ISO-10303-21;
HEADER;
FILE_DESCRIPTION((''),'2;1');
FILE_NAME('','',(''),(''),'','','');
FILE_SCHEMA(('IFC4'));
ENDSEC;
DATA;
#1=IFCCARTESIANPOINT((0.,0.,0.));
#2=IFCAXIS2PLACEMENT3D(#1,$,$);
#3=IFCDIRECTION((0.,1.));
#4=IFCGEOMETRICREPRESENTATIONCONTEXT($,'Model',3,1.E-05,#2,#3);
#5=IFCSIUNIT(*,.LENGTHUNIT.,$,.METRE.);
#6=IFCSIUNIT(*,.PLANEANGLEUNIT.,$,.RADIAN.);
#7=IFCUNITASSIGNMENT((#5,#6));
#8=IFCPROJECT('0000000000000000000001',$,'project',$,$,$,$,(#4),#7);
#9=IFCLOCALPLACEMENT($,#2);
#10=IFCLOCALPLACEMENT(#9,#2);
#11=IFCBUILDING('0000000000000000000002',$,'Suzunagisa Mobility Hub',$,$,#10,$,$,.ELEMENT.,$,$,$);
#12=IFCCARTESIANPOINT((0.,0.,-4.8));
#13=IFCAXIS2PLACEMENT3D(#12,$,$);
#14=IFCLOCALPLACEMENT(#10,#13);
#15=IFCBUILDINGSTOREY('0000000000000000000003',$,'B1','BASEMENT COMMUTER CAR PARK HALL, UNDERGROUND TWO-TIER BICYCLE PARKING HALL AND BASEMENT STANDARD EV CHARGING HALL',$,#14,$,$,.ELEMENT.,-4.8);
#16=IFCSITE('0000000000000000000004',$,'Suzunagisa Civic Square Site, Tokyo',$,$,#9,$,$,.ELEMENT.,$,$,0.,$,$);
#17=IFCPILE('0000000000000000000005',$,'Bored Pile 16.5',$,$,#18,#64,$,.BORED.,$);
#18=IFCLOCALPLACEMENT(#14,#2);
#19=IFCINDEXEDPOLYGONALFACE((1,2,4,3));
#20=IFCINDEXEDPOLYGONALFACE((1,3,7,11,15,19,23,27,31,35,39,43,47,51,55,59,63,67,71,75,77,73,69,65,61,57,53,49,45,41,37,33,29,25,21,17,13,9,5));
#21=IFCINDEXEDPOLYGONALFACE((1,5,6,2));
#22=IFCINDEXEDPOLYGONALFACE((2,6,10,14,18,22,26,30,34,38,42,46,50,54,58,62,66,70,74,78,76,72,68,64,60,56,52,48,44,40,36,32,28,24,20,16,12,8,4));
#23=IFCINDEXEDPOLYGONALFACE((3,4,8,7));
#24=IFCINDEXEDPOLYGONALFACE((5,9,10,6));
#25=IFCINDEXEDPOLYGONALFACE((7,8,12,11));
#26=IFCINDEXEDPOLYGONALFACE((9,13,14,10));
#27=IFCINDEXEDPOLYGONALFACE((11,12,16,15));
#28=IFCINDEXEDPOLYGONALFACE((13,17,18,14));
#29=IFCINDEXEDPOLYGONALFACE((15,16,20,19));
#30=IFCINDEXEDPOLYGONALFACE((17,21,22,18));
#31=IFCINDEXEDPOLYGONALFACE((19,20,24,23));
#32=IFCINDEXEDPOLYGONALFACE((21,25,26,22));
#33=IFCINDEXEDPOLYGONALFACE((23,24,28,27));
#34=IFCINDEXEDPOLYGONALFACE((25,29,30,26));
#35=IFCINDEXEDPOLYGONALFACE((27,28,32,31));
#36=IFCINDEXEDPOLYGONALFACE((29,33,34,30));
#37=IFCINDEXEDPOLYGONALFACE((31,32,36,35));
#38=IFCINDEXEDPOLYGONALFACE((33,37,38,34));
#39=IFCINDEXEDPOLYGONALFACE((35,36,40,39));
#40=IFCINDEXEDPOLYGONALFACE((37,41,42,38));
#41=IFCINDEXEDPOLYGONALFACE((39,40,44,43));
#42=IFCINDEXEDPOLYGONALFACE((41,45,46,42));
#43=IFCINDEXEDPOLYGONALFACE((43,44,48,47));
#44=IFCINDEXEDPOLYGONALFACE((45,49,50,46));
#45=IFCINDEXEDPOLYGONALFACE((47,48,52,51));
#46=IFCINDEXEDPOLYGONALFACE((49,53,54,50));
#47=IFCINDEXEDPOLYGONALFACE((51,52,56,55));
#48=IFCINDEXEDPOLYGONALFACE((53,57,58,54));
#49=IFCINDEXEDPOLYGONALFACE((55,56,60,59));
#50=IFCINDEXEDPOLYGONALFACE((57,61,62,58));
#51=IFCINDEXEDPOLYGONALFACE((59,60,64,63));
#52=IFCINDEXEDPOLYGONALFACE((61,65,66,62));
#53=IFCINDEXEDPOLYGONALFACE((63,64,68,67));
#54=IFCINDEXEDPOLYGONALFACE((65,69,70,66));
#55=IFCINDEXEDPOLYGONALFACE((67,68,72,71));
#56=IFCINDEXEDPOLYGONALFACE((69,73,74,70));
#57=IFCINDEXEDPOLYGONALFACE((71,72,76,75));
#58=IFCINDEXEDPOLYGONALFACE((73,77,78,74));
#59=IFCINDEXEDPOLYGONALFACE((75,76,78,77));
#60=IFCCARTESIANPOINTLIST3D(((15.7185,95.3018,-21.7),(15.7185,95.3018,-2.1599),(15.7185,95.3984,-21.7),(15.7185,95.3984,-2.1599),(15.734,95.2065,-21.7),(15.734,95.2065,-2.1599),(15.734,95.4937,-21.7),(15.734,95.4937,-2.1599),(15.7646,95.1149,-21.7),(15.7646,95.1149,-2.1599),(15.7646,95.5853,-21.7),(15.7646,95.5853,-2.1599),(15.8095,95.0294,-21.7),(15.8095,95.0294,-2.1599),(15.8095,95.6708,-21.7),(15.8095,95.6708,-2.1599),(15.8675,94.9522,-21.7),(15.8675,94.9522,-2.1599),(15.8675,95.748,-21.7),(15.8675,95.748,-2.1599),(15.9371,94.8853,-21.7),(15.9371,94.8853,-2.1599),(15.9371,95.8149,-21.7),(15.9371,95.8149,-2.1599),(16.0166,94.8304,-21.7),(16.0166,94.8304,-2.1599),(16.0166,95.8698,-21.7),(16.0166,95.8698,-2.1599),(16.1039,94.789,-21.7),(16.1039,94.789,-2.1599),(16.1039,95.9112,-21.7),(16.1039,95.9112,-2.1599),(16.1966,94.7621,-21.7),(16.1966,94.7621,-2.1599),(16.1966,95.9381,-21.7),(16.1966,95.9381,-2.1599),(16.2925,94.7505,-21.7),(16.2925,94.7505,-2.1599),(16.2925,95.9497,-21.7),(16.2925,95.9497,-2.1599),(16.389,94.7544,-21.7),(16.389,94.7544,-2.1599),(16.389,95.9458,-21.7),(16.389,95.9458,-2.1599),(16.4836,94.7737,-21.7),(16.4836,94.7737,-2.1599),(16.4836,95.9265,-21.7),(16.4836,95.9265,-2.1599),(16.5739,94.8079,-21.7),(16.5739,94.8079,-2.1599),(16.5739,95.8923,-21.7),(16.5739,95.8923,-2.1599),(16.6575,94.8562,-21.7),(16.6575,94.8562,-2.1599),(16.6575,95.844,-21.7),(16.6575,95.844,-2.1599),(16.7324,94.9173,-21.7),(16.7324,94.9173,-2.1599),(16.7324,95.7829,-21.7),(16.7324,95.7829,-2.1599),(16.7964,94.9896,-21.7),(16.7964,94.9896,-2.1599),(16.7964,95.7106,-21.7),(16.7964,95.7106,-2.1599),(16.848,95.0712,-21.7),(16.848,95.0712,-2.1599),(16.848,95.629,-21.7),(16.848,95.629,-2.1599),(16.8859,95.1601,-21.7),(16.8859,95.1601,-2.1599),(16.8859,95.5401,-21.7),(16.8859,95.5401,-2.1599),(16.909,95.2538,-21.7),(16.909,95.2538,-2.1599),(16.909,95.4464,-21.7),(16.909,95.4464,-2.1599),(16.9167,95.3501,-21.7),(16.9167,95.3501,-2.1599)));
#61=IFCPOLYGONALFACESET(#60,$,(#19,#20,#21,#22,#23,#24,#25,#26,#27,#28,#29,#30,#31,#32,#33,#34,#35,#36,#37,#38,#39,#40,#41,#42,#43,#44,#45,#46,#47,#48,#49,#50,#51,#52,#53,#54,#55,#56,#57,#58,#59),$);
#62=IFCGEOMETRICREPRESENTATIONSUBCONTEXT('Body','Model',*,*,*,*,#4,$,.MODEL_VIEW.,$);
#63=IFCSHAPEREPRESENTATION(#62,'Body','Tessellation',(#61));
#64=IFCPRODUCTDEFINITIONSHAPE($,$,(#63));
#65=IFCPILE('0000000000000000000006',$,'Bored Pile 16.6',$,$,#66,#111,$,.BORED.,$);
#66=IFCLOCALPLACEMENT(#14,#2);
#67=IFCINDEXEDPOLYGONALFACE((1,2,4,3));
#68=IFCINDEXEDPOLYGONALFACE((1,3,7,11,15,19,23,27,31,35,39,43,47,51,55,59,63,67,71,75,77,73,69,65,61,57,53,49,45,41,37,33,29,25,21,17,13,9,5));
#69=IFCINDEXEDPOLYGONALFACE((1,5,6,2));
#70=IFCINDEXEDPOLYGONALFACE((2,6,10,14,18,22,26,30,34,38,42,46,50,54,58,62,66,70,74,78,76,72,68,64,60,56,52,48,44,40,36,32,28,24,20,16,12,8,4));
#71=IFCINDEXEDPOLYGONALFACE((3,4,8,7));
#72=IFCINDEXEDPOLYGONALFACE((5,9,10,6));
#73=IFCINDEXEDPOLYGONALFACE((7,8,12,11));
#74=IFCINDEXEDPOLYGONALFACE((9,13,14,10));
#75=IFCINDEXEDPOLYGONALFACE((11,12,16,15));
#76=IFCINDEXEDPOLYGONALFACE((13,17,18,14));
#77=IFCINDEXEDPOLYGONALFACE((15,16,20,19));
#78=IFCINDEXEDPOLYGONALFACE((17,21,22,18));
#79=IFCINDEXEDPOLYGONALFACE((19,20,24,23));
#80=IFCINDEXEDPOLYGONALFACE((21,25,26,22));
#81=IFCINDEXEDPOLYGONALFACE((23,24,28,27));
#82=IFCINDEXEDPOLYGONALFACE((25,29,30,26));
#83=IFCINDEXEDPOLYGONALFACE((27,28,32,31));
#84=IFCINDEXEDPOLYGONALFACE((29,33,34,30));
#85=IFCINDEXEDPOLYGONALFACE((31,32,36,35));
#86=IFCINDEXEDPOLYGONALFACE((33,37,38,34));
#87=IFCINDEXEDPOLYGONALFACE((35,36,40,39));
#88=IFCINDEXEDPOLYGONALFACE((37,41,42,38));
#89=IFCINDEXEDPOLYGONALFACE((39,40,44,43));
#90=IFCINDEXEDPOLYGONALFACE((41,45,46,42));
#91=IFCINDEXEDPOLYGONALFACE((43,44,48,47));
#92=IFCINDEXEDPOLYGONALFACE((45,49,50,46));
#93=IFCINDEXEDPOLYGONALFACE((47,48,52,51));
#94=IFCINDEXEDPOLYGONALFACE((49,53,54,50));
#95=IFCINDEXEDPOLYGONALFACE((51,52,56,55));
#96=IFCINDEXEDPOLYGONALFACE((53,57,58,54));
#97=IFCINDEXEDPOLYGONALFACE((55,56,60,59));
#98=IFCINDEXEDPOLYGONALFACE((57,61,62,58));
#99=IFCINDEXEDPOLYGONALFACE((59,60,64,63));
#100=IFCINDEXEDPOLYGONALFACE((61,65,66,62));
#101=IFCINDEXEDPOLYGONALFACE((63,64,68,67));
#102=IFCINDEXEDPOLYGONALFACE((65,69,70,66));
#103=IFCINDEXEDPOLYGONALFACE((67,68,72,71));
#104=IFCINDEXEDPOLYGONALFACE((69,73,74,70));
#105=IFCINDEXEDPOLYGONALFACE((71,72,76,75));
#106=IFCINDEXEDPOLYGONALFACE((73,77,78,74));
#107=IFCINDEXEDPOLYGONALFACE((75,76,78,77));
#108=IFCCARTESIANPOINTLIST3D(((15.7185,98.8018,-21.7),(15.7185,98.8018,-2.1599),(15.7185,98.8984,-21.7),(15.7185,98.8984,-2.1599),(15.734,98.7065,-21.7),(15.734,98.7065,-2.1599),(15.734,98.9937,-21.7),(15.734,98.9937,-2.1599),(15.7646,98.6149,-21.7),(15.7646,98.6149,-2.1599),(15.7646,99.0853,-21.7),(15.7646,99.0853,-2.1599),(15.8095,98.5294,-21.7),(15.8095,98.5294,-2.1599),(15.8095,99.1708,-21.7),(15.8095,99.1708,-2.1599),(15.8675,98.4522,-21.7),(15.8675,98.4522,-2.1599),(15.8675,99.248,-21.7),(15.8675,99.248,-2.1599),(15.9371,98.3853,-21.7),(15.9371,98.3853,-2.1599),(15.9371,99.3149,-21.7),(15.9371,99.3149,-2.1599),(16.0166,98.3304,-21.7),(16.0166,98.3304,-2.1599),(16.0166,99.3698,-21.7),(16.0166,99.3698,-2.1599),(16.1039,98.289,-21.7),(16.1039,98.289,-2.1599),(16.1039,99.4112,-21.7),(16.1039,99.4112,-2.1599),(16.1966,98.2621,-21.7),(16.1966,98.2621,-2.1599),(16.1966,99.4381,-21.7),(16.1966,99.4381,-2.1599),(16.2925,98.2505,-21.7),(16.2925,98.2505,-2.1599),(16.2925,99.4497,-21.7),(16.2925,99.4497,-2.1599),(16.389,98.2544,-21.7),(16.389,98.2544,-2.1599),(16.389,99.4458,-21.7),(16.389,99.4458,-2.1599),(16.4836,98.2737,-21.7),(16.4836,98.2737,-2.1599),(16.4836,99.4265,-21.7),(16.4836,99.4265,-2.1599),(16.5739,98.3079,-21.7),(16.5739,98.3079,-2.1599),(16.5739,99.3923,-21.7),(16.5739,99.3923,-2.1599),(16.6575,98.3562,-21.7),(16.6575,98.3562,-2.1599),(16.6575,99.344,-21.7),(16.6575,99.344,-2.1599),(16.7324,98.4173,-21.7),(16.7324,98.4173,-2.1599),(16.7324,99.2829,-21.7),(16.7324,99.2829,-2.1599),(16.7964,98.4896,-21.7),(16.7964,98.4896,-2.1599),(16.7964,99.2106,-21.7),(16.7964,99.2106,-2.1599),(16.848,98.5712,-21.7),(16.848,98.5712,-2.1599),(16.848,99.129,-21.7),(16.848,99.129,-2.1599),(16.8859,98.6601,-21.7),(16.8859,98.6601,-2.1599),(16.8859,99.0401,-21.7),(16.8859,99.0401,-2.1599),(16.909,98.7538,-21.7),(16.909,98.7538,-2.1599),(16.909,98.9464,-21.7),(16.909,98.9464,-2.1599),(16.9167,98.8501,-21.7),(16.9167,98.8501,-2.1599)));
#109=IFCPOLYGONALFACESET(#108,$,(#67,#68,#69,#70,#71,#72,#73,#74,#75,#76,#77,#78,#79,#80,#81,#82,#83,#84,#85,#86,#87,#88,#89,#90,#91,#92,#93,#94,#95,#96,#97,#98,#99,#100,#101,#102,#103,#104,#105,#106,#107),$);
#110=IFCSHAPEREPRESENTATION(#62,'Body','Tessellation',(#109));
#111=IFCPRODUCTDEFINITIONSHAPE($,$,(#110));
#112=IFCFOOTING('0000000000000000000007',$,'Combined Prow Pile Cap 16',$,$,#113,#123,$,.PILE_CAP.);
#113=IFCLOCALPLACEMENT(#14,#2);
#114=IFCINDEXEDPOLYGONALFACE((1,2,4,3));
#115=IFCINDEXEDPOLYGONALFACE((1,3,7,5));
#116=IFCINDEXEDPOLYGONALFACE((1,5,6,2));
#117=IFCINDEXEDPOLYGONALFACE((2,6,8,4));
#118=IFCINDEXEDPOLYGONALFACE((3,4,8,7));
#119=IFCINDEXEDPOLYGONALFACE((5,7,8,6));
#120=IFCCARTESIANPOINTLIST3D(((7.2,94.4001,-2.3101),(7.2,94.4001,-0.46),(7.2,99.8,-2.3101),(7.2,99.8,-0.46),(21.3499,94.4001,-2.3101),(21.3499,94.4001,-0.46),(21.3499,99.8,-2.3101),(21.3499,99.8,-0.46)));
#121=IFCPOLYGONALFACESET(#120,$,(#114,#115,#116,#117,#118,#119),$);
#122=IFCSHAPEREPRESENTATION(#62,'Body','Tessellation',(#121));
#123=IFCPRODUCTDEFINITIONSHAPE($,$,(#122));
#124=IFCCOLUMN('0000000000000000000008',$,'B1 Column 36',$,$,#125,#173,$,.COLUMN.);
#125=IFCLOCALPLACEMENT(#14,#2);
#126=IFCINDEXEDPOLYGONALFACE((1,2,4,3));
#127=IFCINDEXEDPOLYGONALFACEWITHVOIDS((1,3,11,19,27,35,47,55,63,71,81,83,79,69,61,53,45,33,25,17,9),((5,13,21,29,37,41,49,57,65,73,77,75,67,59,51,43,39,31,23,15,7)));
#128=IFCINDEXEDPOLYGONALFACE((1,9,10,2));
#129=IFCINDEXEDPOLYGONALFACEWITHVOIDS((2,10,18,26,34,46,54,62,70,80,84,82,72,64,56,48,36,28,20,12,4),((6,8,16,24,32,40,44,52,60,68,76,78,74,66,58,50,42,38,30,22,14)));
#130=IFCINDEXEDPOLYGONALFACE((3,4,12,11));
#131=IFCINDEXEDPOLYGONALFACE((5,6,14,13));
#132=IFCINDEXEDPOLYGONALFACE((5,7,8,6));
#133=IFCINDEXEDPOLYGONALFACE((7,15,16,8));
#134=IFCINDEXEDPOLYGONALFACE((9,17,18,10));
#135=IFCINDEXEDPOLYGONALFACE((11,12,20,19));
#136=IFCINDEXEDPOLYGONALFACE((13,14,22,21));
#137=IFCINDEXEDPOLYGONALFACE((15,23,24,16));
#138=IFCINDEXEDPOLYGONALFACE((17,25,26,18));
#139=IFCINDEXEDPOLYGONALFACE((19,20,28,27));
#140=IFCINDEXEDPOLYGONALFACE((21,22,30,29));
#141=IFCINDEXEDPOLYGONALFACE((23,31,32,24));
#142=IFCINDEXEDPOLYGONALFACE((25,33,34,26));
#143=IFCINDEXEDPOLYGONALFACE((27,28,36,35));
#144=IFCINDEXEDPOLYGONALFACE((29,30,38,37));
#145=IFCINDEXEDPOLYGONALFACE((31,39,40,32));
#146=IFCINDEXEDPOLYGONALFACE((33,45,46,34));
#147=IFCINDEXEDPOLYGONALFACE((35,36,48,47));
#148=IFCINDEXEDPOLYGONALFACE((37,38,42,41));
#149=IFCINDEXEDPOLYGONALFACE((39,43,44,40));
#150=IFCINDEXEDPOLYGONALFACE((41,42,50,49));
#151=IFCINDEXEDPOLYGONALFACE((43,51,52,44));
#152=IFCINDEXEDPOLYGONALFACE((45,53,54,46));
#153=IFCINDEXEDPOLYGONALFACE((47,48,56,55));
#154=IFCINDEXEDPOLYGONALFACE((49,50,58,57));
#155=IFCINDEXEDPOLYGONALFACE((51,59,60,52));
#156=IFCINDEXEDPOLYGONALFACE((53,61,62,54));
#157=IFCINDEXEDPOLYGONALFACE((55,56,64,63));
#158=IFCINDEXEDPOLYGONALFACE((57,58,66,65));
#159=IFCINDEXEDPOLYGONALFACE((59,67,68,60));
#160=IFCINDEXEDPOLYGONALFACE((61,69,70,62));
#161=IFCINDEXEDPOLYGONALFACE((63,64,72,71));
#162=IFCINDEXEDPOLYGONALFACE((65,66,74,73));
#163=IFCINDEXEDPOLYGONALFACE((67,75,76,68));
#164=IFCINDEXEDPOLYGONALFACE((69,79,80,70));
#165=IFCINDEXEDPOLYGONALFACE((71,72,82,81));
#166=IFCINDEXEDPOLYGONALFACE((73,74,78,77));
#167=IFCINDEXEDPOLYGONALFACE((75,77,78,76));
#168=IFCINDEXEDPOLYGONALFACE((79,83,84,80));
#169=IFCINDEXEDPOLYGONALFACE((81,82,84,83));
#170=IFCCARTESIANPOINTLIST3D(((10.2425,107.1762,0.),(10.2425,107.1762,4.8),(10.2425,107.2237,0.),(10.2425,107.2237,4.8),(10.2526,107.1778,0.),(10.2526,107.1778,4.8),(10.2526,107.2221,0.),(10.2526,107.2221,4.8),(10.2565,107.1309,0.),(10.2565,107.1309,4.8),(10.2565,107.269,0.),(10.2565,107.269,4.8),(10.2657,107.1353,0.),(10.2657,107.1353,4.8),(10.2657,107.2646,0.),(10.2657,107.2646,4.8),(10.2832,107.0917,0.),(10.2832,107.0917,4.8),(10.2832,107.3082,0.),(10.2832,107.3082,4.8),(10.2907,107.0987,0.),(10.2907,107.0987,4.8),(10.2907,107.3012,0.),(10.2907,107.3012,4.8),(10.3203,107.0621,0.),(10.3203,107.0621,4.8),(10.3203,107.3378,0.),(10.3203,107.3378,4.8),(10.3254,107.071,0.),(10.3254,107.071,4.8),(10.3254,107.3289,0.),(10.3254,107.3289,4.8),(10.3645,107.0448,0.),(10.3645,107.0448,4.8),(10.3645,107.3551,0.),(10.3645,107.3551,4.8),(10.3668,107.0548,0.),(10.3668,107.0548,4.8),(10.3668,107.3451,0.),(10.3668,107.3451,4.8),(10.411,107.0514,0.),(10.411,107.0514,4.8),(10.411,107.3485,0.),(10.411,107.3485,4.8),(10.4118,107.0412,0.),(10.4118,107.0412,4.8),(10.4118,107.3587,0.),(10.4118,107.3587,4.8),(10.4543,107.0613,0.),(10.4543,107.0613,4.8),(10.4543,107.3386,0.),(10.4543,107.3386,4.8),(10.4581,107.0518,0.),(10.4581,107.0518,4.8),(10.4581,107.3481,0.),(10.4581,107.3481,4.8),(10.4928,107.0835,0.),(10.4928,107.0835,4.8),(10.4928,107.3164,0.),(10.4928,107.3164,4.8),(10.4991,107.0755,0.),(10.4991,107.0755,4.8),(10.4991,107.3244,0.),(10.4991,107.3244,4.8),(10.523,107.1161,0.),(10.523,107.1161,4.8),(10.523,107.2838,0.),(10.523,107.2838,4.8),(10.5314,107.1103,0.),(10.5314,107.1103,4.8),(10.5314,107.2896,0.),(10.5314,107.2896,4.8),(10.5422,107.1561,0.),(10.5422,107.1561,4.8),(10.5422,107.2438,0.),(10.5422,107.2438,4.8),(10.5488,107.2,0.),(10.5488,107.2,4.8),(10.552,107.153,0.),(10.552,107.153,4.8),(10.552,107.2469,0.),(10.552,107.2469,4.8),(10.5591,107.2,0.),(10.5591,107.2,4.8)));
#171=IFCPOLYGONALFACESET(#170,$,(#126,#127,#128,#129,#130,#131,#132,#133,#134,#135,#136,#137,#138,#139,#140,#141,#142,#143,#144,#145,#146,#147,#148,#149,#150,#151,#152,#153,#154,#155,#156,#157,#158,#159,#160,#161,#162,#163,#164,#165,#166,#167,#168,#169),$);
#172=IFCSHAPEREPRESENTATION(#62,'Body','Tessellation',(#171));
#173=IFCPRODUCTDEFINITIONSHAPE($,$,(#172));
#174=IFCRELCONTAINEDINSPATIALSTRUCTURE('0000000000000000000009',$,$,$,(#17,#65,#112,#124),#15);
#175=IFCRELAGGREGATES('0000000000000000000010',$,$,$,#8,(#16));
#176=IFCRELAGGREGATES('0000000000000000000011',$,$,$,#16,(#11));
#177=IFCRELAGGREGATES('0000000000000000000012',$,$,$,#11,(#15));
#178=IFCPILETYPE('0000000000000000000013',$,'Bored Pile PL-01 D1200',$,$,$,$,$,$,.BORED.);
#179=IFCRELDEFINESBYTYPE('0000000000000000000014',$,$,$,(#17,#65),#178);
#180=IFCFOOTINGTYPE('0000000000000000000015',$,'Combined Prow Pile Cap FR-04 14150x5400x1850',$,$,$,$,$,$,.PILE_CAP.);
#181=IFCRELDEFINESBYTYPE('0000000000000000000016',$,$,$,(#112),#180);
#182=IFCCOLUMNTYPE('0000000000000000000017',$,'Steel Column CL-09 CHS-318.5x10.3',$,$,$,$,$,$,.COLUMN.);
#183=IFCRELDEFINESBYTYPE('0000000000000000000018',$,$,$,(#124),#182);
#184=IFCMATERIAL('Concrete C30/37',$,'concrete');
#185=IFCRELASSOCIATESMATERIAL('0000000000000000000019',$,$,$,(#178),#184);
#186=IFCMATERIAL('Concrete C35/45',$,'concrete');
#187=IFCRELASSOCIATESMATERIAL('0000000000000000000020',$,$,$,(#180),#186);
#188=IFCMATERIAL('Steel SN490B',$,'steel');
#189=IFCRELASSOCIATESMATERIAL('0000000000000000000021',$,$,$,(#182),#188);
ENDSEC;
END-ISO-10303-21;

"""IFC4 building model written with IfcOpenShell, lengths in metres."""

from ifc_helpers import new_model, si_unit, direction, frame, origin, origin_2d, place, context, subcontext, project, spatial, rectangle, circle, hollow_circle, extrude, material, material_profile, profile_set, type_object, element, save


model = new_model("IFC4")

# Units and contexts
model_context = context("Model", 3, precision=1e-05, world=origin(), true_north=direction((0.0, 1.0)))
body_context = subcontext(model_context, "Body", "Model", "MODEL_VIEW")
ifc_project = project(units=[si_unit("LENGTHUNIT", "METRE"), si_unit("PLANEANGLEUNIT", "RADIAN")], contexts=[model_context])

# Site, building, storey
site_placement = place(None, origin())
site = spatial("IfcSite", under=ifc_project, at=site_placement, Name="Suzunagisa Civic Square Site, Tokyo", CompositionType="ELEMENT", RefElevation=0.0)
building_placement = place(site_placement, origin())
building = spatial("IfcBuilding", under=site, at=building_placement, Name="Suzunagisa Mobility Hub", CompositionType="ELEMENT")
storey_placement = place(building_placement, frame((0.0, 0.0, -4.8)))
storey = spatial("IfcBuildingStorey", under=building, at=storey_placement, Name="B1", Description="BASEMENT COMMUTER CAR PARK HALL, UNDERGROUND TWO-TIER BICYCLE PARKING HALL AND BASEMENT STANDARD EV CHARGING HALL", CompositionType="ELEMENT", Elevation=-4.8)

# Piles
ifc_material_1 = material(Name="Concrete C30/37", Category="concrete")
ifc_material_profile_1 = material_profile(ifc_material_1, circle(Radius=0.6001, at=origin_2d()), Name="BORED PILE D1200")
ifc_profile_set_1 = profile_set([ifc_material_profile_1], Name="Concrete C30/37")
pile_type = type_object("IfcPileType", Name="Bored Pile PL-01 D1200", PredefinedType="BORED", material=ifc_profile_set_1)
for number, where, z_axis, x_axis, name in (
    (1, (16.3167, 95.3501, -2.1599), (0.0, 0.0, -1.0), (1.0, 0.0, 0.0), "Bored Pile 16.5"),
    (2, (16.3167, 98.8501, -2.1599), (0.0, 0.0, -1.0), (1.0, 0.0, 0.0), "Bored Pile 16.6"),
):
    element("IfcPile", number, at=place(storey_placement, frame(where, z_axis=z_axis, x_axis=x_axis)), inside=storey, type_object=pile_type, Name=name, PredefinedType="BORED", context=body_context, shape_type="SweptSolid", body=[
        extrude(circle(Radius=0.6001, at=origin_2d()), origin(), (0.0, 0.0, 1.0), 19.54),
    ])

# Footing
ifc_material_2 = material(Name="Concrete C35/45", Category="concrete")
footing_type = type_object("IfcFootingType", Name="Combined Prow Pile Cap FR-04 14150x5400x1850", PredefinedType="PILE_CAP", material=ifc_material_2)
footing_placement = place(storey_placement, frame((14.2749, 97.1001, -2.3101), z_axis=(0.0, 0.0, 1.0), x_axis=(1.0, 0.0, 0.0)))
element("IfcFooting", 3, at=footing_placement, inside=storey, type_object=footing_type, Name="Combined Prow Pile Cap 16", PredefinedType="PILE_CAP", context=body_context, shape_type="SweptSolid", body=[
    extrude(rectangle(XDim=14.1499, YDim=5.3999, at=origin_2d()), origin(), (0.0, 0.0, 1.0), 1.8501),
])

# Column
ifc_material_3 = material(Name="Steel SN490B", Category="steel")
ifc_material_profile_2 = material_profile(ifc_material_3, hollow_circle(Radius=0.1592, WallThickness=0.0103, at=origin_2d()), Name="CHS-318.5x10.3")
ifc_profile_set_2 = profile_set([ifc_material_profile_2], Name="Steel SN490B")
column_type_1 = type_object("IfcColumnType", Name="Steel Column CL-09 CHS-318.5x10.3", PredefinedType="COLUMN", material=ifc_profile_set_2)
column_1_placement = place(storey_placement, frame((10.3999, 107.2, 0.0), z_axis=(0.0, 0.0, 1.0), x_axis=(1.0, 0.0, 0.0)))
element("IfcColumn", 4, at=column_1_placement, inside=storey, type_object=column_type_1, Name="B1 Column 36", PredefinedType="COLUMN", context=body_context, shape_type="SweptSolid", body=[
    extrude(hollow_circle(Radius=0.1592, WallThickness=0.0103, at=origin_2d()), origin(), (0.0, 0.0, 1.0), 4.8),
])

save(model, "model.ifc")
